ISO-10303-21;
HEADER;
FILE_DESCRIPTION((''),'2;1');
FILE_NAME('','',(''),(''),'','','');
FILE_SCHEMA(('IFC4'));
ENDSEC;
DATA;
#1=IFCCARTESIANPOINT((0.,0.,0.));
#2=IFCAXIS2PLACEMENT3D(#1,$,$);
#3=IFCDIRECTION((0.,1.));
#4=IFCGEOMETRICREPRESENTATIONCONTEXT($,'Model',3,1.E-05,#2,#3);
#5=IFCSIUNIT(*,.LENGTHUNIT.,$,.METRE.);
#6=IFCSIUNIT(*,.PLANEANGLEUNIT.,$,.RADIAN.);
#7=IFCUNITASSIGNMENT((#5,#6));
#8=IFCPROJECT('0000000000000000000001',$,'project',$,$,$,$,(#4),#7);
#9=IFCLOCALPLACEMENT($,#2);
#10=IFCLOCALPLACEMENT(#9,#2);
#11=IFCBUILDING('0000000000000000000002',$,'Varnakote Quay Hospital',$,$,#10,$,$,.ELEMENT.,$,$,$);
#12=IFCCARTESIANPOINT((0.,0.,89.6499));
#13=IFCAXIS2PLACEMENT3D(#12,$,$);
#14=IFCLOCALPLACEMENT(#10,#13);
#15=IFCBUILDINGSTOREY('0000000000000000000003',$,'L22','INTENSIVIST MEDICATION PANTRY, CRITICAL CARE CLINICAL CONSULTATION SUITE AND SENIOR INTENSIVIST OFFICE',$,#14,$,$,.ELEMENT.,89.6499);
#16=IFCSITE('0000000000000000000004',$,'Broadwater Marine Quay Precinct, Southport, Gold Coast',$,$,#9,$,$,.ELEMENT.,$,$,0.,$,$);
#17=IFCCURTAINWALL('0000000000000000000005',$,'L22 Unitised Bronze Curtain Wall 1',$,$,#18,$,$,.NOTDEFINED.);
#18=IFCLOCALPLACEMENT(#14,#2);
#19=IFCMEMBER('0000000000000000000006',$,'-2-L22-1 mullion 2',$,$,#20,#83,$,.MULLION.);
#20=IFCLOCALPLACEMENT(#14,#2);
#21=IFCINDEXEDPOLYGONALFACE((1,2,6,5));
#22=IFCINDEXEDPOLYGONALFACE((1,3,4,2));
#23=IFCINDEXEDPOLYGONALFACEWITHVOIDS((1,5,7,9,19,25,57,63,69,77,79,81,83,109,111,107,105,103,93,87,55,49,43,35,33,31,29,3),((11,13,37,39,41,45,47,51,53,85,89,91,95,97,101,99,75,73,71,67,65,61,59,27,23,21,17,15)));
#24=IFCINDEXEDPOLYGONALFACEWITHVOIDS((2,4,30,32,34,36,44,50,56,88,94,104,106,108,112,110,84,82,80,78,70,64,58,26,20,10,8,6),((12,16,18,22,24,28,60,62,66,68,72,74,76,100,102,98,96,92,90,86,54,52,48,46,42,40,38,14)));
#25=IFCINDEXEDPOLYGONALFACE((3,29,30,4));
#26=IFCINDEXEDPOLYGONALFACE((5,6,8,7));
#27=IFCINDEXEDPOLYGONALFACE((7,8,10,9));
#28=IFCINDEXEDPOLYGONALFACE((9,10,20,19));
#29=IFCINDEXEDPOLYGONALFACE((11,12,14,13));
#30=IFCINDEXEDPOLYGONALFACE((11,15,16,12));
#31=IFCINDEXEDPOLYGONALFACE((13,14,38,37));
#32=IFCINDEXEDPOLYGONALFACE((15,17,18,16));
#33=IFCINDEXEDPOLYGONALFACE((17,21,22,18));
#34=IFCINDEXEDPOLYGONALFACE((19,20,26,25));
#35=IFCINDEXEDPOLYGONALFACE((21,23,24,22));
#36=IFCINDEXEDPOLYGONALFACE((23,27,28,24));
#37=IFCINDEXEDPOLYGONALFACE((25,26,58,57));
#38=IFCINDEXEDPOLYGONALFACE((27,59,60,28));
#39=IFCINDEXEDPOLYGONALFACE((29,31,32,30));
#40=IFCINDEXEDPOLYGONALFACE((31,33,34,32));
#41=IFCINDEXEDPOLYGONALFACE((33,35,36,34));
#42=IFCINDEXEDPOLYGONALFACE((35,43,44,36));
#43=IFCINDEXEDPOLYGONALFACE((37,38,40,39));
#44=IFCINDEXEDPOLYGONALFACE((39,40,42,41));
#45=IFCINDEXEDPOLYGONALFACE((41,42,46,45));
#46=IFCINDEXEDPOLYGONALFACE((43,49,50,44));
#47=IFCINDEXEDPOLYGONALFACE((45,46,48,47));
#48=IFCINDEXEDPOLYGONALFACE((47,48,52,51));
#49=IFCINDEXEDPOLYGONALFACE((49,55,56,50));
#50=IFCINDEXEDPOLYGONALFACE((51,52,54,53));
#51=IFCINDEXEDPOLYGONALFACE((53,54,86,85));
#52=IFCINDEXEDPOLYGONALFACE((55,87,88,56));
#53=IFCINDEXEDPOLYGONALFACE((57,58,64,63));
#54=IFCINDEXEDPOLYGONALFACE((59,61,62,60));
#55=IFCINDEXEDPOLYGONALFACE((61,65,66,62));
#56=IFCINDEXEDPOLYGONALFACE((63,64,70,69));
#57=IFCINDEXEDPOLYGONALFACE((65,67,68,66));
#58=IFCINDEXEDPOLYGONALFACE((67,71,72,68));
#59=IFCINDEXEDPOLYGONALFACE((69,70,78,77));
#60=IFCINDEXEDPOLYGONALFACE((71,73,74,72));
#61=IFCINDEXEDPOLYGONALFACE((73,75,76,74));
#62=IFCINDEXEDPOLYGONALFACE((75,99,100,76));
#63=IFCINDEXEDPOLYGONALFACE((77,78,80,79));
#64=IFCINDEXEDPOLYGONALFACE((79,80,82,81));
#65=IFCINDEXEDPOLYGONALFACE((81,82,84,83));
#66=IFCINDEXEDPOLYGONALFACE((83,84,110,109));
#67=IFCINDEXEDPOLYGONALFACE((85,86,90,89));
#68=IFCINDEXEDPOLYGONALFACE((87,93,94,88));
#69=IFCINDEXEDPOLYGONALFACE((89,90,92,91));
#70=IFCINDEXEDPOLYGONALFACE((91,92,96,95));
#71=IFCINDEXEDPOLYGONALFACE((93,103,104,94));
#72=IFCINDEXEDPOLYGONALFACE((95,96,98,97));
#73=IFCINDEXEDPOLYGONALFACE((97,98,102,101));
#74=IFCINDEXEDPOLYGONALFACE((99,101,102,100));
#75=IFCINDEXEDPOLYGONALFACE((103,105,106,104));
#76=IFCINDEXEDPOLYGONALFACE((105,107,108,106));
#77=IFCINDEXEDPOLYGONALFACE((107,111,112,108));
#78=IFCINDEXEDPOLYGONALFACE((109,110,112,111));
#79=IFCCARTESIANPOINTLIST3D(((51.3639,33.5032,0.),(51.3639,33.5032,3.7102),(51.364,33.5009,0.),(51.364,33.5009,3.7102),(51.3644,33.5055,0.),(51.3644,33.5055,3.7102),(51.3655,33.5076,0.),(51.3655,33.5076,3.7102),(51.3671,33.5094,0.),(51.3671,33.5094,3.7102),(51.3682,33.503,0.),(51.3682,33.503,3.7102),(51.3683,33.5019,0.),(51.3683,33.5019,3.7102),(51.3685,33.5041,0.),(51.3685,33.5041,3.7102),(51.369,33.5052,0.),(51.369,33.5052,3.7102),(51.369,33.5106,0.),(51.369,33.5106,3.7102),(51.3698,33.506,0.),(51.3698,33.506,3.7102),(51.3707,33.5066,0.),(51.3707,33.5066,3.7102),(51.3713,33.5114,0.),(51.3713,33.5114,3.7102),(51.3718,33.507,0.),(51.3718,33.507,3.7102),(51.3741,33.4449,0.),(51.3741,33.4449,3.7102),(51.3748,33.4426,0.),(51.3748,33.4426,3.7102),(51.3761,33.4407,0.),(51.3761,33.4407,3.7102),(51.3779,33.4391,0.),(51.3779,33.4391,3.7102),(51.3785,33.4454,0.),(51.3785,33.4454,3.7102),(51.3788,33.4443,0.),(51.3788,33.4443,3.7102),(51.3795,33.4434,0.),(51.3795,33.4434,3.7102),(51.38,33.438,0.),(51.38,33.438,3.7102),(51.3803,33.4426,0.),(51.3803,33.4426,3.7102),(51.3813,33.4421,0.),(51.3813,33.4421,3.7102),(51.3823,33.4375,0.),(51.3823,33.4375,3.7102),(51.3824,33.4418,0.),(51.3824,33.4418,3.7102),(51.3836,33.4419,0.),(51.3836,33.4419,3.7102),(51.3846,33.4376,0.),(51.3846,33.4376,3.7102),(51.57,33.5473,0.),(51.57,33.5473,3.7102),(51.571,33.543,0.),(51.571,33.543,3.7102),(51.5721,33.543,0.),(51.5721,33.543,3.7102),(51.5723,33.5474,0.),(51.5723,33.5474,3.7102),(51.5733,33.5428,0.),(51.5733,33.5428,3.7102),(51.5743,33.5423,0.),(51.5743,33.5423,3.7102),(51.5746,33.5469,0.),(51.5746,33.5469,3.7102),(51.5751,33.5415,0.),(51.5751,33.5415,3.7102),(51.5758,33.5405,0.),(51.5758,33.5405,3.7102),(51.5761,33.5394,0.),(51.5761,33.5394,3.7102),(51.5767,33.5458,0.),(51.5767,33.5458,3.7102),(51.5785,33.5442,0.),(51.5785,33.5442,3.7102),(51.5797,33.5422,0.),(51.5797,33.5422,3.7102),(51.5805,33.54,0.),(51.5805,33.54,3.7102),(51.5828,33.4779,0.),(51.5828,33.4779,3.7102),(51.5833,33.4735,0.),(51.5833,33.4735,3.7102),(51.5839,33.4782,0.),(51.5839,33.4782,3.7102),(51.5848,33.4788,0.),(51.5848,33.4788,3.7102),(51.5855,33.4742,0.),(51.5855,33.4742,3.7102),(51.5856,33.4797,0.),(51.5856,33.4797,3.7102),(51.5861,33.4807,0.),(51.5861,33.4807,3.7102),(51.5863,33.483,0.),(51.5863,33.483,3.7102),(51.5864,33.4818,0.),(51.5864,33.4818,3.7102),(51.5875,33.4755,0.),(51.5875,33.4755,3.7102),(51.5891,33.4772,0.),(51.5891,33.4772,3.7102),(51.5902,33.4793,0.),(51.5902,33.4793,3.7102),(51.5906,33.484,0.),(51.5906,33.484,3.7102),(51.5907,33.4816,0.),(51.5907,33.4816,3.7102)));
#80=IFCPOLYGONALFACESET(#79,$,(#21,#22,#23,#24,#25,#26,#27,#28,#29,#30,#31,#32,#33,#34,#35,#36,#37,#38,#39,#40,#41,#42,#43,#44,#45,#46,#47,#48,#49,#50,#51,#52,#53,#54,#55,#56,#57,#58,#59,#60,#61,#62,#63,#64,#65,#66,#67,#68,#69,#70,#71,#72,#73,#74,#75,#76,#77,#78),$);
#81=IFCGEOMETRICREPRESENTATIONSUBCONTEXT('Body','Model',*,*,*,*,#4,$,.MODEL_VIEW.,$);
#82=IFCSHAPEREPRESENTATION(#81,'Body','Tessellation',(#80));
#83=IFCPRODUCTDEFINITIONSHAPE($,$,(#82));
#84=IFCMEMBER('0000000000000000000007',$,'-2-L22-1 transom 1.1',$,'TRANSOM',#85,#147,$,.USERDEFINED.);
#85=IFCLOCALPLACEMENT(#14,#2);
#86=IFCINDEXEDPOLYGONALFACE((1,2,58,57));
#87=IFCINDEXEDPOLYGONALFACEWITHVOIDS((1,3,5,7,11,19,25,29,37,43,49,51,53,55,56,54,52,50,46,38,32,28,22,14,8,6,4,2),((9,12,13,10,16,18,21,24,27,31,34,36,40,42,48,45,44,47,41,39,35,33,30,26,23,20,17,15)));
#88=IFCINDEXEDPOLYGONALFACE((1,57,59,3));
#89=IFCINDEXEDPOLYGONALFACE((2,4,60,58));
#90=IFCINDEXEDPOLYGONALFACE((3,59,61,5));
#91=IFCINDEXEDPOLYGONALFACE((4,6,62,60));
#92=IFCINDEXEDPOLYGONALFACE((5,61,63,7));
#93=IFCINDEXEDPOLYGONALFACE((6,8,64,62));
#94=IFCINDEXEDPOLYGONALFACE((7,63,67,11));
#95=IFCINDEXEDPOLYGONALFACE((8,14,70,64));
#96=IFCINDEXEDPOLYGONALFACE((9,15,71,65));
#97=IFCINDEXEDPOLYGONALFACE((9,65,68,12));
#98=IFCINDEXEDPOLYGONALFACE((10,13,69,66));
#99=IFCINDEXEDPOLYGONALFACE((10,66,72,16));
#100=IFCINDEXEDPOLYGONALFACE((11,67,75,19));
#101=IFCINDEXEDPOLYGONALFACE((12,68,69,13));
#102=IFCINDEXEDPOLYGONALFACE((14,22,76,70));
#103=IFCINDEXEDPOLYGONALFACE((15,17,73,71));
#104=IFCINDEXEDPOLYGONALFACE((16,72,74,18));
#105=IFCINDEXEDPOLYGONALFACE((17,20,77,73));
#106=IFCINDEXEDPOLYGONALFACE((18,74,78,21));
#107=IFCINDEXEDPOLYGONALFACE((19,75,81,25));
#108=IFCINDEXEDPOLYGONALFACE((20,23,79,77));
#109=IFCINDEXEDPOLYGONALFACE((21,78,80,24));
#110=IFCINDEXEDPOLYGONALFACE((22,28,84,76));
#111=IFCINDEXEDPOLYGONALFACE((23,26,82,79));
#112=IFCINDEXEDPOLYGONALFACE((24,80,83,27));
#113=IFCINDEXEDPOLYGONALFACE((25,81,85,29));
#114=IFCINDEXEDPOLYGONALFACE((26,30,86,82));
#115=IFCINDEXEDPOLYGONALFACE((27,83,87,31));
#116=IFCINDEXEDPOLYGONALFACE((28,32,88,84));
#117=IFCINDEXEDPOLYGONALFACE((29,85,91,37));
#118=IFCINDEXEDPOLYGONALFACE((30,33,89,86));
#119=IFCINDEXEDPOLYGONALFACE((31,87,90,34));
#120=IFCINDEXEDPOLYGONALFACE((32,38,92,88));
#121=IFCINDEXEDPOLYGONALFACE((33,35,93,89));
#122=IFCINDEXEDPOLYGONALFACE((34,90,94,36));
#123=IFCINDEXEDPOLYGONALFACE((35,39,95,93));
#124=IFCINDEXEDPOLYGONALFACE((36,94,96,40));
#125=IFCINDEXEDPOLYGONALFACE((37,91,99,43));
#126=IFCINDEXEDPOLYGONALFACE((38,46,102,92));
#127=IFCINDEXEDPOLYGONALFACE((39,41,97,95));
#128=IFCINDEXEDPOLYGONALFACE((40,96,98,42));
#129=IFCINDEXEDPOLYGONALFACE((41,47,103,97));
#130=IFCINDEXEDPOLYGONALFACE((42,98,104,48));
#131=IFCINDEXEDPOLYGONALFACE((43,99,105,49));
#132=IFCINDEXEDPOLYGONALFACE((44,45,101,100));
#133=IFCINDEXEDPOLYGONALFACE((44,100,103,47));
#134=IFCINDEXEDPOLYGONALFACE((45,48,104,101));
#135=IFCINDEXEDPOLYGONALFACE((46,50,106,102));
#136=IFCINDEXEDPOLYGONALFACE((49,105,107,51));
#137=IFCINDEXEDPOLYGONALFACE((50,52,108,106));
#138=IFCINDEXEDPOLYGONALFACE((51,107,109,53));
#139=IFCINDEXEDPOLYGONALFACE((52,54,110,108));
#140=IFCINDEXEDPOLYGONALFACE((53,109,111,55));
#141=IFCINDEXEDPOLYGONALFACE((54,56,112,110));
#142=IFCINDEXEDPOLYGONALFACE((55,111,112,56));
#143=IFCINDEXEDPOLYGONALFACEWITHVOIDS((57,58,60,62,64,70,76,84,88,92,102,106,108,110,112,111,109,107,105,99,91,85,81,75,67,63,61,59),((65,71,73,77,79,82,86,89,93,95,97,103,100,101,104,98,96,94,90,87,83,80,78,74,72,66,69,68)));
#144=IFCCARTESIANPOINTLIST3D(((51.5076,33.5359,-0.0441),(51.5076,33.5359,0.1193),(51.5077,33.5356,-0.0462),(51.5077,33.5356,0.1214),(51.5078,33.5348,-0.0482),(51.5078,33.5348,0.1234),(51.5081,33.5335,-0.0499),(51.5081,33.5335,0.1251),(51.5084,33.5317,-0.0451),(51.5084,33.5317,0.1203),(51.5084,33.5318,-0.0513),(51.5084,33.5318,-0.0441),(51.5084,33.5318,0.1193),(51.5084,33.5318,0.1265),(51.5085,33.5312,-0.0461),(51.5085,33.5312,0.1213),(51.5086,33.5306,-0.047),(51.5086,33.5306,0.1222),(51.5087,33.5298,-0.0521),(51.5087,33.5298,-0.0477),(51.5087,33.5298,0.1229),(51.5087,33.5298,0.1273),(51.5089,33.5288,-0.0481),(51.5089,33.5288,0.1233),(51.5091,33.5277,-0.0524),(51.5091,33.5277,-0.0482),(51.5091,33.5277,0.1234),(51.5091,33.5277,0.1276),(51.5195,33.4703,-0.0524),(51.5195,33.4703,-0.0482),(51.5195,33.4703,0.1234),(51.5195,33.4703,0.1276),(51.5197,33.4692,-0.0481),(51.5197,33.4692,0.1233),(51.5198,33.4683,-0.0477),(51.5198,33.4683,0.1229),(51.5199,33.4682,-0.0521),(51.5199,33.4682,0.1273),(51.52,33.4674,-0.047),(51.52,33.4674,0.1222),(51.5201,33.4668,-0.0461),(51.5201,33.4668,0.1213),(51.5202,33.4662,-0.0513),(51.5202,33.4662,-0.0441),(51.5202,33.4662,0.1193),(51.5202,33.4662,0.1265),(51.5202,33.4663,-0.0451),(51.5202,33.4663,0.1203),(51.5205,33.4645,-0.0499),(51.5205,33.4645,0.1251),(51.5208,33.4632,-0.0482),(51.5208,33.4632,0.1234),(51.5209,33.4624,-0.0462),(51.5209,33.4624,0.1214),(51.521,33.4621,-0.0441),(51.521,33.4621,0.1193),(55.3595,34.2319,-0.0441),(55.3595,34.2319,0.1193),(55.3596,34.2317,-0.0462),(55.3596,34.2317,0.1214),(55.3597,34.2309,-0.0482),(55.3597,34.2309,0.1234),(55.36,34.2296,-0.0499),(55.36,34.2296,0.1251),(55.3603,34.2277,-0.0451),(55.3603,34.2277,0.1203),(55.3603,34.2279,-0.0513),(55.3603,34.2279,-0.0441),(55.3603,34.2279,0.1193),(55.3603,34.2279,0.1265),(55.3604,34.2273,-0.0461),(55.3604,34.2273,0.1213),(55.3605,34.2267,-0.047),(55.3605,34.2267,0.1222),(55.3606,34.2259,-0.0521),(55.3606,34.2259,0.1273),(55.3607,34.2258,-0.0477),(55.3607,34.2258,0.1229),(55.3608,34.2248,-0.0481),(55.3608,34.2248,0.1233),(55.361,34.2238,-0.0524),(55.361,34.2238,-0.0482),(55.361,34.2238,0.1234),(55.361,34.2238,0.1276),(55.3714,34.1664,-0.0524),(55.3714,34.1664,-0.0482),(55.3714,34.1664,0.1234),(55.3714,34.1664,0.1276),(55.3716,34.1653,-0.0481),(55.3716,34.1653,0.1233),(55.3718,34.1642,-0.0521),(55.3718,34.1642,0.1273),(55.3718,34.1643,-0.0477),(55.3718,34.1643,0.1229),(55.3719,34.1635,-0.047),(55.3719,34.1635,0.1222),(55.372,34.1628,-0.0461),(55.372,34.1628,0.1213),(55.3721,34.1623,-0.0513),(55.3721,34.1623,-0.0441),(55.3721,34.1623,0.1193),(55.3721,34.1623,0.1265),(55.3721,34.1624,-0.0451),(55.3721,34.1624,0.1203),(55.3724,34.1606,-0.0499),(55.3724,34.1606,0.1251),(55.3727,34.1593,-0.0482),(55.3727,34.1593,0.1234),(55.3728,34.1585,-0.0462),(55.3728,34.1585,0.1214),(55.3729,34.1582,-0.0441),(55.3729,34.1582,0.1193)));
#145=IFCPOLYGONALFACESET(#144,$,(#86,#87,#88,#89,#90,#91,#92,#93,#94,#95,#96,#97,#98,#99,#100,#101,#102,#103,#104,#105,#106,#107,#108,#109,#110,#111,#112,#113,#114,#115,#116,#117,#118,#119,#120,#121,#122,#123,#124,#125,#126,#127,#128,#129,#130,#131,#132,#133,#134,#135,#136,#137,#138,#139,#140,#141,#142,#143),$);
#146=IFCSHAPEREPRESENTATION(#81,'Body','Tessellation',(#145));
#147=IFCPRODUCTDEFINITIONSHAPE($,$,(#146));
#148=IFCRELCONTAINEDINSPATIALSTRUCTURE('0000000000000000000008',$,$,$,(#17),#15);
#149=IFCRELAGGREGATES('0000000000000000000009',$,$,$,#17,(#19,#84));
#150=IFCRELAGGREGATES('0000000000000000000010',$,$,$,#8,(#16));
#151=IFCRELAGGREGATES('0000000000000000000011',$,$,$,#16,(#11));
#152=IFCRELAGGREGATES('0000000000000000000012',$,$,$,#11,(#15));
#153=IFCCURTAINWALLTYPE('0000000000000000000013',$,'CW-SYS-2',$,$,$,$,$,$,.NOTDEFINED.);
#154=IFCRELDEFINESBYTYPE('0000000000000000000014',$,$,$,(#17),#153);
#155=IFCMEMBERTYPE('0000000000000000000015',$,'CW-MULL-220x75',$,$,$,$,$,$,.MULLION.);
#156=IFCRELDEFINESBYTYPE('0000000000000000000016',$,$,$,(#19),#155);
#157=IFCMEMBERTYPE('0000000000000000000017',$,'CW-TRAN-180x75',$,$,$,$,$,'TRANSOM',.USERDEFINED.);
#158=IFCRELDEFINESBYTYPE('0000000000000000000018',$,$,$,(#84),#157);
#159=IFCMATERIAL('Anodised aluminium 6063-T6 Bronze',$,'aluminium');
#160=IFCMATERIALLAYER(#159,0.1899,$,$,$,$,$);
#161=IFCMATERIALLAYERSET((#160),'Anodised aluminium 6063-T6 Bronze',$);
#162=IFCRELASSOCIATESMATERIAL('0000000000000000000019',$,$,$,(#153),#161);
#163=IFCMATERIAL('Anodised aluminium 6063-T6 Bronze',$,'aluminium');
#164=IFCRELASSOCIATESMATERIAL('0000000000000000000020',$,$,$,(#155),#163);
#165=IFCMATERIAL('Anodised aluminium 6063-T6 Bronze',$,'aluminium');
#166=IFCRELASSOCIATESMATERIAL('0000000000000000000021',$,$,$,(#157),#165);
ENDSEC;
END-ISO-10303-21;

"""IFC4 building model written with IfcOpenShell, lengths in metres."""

from ifc_helpers import new_model, si_unit, direction, frame, origin, origin_2d, place, context, subcontext, project, spatial, hollow_rectangle, extrude, material, layer, layer_set, material_profile, profile_set, type_object, element, aggregate, save


model = new_model("IFC4")

# Units and contexts
model_context = context("Model", 3, precision=1e-05, world=origin(), true_north=direction((0.0, 1.0)))
body_context = subcontext(model_context, "Body", "Model", "MODEL_VIEW")
ifc_project = project(units=[si_unit("LENGTHUNIT", "METRE"), si_unit("PLANEANGLEUNIT", "RADIAN")], contexts=[model_context])

# Site, building, storey
site_placement = place(None, origin())
site = spatial("IfcSite", under=ifc_project, at=site_placement, Name="Broadwater Marine Quay Precinct, Southport, Gold Coast", CompositionType="ELEMENT", RefElevation=0.0)
building_placement = place(site_placement, origin())
building = spatial("IfcBuilding", under=site, at=building_placement, Name="Varnakote Quay Hospital", CompositionType="ELEMENT")
storey_placement = place(building_placement, frame((0.0, 0.0, 89.6499)))
storey = spatial("IfcBuildingStorey", under=building, at=storey_placement, Name="L22", Description="INTENSIVIST MEDICATION PANTRY, CRITICAL CARE CLINICAL CONSULTATION SUITE AND SENIOR INTENSIVIST OFFICE", CompositionType="ELEMENT", Elevation=89.6499)

# Curtain wall, members
ifc_material_1 = material(Name="Anodised aluminium 6063-T6 Bronze", Category="aluminium")
ifc_layer_1 = layer(ifc_material_1, 0.1899)
ifc_layer_set_1 = layer_set([ifc_layer_1], Name="Anodised aluminium 6063-T6 Bronze")
curtain_wall_type = type_object("IfcCurtainWallType", Name="CW-SYS-2", PredefinedType="NOTDEFINED", material=ifc_layer_set_1)
curtain_wall_placement = place(storey_placement, origin())
curtain_wall = element("IfcCurtainWall", 1, at=curtain_wall_placement, inside=storey, type_object=curtain_wall_type, Name="L22 Unitised Bronze Curtain Wall 1", PredefinedType="NOTDEFINED")
ifc_material_2 = material(Name="Anodised aluminium 6063-T6 Bronze", Category="aluminium")
ifc_material_profile_1 = material_profile(ifc_material_2, hollow_rectangle(XDim=0.075, YDim=0.22, WallThickness=0.0044, InnerFilletRadius=0.0044, OuterFilletRadius=0.009, at=origin_2d()), Name="CW-MULL-220x75")
ifc_profile_set_1 = profile_set([ifc_material_profile_1], Name="Anodised aluminium 6063-T6 Bronze")
member_type_1 = type_object("IfcMemberType", Name="CW-MULL-220x75", PredefinedType="MULLION", material=ifc_profile_set_1)
member_1_placement = place(storey_placement, frame((51.4773, 33.4924, 0.0), z_axis=(0.0, 0.0, 1.0), x_axis=(0.177846, -0.984058, 0.0)))
member_1 = element("IfcMember", 2, at=member_1_placement, type_object=member_type_1, Name="-2-L22-1 mullion 2", PredefinedType="MULLION", context=body_context, shape_type="SweptSolid", body=[
    extrude(hollow_rectangle(XDim=0.075, YDim=0.22, WallThickness=0.0044, InnerFilletRadius=0.0044, OuterFilletRadius=0.009, at=origin_2d()), origin(), (0.0, 0.0, 1.0), 3.7102),
])
ifc_material_3 = material(Name="Anodised aluminium 6063-T6 Bronze", Category="aluminium")
ifc_material_profile_2 = material_profile(ifc_material_3, hollow_rectangle(XDim=0.075, YDim=0.1799, WallThickness=0.0042, InnerFilletRadius=0.0042, OuterFilletRadius=0.0083, at=origin_2d()), Name="CW-TRAN-180x75")
ifc_profile_set_2 = profile_set([ifc_material_profile_2], Name="Anodised aluminium 6063-T6 Bronze")
member_type_2 = type_object("IfcMemberType", Name="CW-TRAN-180x75", ElementType="TRANSOM", PredefinedType="USERDEFINED", material=ifc_profile_set_2)
member_2_placement = place(storey_placement, frame((55.3662, 34.1951, 0.0376), z_axis=(-0.984062, -0.177826, 0.0), x_axis=(0.177826, -0.984062, 0.0)))
member_2 = element("IfcMember", 3, at=member_2_placement, type_object=member_type_2, Name="-2-L22-1 transom 1.1", ObjectType="TRANSOM", PredefinedType="USERDEFINED", context=body_context, shape_type="SweptSolid", body=[
    extrude(hollow_rectangle(XDim=0.075, YDim=0.1799, WallThickness=0.0042, InnerFilletRadius=0.0042, OuterFilletRadius=0.0083, at=origin_2d()), origin(), (0.0, 0.0, 1.0), 3.9143),
])
aggregate(curtain_wall, [member_1, member_2])

save(model, "model.ifc")
